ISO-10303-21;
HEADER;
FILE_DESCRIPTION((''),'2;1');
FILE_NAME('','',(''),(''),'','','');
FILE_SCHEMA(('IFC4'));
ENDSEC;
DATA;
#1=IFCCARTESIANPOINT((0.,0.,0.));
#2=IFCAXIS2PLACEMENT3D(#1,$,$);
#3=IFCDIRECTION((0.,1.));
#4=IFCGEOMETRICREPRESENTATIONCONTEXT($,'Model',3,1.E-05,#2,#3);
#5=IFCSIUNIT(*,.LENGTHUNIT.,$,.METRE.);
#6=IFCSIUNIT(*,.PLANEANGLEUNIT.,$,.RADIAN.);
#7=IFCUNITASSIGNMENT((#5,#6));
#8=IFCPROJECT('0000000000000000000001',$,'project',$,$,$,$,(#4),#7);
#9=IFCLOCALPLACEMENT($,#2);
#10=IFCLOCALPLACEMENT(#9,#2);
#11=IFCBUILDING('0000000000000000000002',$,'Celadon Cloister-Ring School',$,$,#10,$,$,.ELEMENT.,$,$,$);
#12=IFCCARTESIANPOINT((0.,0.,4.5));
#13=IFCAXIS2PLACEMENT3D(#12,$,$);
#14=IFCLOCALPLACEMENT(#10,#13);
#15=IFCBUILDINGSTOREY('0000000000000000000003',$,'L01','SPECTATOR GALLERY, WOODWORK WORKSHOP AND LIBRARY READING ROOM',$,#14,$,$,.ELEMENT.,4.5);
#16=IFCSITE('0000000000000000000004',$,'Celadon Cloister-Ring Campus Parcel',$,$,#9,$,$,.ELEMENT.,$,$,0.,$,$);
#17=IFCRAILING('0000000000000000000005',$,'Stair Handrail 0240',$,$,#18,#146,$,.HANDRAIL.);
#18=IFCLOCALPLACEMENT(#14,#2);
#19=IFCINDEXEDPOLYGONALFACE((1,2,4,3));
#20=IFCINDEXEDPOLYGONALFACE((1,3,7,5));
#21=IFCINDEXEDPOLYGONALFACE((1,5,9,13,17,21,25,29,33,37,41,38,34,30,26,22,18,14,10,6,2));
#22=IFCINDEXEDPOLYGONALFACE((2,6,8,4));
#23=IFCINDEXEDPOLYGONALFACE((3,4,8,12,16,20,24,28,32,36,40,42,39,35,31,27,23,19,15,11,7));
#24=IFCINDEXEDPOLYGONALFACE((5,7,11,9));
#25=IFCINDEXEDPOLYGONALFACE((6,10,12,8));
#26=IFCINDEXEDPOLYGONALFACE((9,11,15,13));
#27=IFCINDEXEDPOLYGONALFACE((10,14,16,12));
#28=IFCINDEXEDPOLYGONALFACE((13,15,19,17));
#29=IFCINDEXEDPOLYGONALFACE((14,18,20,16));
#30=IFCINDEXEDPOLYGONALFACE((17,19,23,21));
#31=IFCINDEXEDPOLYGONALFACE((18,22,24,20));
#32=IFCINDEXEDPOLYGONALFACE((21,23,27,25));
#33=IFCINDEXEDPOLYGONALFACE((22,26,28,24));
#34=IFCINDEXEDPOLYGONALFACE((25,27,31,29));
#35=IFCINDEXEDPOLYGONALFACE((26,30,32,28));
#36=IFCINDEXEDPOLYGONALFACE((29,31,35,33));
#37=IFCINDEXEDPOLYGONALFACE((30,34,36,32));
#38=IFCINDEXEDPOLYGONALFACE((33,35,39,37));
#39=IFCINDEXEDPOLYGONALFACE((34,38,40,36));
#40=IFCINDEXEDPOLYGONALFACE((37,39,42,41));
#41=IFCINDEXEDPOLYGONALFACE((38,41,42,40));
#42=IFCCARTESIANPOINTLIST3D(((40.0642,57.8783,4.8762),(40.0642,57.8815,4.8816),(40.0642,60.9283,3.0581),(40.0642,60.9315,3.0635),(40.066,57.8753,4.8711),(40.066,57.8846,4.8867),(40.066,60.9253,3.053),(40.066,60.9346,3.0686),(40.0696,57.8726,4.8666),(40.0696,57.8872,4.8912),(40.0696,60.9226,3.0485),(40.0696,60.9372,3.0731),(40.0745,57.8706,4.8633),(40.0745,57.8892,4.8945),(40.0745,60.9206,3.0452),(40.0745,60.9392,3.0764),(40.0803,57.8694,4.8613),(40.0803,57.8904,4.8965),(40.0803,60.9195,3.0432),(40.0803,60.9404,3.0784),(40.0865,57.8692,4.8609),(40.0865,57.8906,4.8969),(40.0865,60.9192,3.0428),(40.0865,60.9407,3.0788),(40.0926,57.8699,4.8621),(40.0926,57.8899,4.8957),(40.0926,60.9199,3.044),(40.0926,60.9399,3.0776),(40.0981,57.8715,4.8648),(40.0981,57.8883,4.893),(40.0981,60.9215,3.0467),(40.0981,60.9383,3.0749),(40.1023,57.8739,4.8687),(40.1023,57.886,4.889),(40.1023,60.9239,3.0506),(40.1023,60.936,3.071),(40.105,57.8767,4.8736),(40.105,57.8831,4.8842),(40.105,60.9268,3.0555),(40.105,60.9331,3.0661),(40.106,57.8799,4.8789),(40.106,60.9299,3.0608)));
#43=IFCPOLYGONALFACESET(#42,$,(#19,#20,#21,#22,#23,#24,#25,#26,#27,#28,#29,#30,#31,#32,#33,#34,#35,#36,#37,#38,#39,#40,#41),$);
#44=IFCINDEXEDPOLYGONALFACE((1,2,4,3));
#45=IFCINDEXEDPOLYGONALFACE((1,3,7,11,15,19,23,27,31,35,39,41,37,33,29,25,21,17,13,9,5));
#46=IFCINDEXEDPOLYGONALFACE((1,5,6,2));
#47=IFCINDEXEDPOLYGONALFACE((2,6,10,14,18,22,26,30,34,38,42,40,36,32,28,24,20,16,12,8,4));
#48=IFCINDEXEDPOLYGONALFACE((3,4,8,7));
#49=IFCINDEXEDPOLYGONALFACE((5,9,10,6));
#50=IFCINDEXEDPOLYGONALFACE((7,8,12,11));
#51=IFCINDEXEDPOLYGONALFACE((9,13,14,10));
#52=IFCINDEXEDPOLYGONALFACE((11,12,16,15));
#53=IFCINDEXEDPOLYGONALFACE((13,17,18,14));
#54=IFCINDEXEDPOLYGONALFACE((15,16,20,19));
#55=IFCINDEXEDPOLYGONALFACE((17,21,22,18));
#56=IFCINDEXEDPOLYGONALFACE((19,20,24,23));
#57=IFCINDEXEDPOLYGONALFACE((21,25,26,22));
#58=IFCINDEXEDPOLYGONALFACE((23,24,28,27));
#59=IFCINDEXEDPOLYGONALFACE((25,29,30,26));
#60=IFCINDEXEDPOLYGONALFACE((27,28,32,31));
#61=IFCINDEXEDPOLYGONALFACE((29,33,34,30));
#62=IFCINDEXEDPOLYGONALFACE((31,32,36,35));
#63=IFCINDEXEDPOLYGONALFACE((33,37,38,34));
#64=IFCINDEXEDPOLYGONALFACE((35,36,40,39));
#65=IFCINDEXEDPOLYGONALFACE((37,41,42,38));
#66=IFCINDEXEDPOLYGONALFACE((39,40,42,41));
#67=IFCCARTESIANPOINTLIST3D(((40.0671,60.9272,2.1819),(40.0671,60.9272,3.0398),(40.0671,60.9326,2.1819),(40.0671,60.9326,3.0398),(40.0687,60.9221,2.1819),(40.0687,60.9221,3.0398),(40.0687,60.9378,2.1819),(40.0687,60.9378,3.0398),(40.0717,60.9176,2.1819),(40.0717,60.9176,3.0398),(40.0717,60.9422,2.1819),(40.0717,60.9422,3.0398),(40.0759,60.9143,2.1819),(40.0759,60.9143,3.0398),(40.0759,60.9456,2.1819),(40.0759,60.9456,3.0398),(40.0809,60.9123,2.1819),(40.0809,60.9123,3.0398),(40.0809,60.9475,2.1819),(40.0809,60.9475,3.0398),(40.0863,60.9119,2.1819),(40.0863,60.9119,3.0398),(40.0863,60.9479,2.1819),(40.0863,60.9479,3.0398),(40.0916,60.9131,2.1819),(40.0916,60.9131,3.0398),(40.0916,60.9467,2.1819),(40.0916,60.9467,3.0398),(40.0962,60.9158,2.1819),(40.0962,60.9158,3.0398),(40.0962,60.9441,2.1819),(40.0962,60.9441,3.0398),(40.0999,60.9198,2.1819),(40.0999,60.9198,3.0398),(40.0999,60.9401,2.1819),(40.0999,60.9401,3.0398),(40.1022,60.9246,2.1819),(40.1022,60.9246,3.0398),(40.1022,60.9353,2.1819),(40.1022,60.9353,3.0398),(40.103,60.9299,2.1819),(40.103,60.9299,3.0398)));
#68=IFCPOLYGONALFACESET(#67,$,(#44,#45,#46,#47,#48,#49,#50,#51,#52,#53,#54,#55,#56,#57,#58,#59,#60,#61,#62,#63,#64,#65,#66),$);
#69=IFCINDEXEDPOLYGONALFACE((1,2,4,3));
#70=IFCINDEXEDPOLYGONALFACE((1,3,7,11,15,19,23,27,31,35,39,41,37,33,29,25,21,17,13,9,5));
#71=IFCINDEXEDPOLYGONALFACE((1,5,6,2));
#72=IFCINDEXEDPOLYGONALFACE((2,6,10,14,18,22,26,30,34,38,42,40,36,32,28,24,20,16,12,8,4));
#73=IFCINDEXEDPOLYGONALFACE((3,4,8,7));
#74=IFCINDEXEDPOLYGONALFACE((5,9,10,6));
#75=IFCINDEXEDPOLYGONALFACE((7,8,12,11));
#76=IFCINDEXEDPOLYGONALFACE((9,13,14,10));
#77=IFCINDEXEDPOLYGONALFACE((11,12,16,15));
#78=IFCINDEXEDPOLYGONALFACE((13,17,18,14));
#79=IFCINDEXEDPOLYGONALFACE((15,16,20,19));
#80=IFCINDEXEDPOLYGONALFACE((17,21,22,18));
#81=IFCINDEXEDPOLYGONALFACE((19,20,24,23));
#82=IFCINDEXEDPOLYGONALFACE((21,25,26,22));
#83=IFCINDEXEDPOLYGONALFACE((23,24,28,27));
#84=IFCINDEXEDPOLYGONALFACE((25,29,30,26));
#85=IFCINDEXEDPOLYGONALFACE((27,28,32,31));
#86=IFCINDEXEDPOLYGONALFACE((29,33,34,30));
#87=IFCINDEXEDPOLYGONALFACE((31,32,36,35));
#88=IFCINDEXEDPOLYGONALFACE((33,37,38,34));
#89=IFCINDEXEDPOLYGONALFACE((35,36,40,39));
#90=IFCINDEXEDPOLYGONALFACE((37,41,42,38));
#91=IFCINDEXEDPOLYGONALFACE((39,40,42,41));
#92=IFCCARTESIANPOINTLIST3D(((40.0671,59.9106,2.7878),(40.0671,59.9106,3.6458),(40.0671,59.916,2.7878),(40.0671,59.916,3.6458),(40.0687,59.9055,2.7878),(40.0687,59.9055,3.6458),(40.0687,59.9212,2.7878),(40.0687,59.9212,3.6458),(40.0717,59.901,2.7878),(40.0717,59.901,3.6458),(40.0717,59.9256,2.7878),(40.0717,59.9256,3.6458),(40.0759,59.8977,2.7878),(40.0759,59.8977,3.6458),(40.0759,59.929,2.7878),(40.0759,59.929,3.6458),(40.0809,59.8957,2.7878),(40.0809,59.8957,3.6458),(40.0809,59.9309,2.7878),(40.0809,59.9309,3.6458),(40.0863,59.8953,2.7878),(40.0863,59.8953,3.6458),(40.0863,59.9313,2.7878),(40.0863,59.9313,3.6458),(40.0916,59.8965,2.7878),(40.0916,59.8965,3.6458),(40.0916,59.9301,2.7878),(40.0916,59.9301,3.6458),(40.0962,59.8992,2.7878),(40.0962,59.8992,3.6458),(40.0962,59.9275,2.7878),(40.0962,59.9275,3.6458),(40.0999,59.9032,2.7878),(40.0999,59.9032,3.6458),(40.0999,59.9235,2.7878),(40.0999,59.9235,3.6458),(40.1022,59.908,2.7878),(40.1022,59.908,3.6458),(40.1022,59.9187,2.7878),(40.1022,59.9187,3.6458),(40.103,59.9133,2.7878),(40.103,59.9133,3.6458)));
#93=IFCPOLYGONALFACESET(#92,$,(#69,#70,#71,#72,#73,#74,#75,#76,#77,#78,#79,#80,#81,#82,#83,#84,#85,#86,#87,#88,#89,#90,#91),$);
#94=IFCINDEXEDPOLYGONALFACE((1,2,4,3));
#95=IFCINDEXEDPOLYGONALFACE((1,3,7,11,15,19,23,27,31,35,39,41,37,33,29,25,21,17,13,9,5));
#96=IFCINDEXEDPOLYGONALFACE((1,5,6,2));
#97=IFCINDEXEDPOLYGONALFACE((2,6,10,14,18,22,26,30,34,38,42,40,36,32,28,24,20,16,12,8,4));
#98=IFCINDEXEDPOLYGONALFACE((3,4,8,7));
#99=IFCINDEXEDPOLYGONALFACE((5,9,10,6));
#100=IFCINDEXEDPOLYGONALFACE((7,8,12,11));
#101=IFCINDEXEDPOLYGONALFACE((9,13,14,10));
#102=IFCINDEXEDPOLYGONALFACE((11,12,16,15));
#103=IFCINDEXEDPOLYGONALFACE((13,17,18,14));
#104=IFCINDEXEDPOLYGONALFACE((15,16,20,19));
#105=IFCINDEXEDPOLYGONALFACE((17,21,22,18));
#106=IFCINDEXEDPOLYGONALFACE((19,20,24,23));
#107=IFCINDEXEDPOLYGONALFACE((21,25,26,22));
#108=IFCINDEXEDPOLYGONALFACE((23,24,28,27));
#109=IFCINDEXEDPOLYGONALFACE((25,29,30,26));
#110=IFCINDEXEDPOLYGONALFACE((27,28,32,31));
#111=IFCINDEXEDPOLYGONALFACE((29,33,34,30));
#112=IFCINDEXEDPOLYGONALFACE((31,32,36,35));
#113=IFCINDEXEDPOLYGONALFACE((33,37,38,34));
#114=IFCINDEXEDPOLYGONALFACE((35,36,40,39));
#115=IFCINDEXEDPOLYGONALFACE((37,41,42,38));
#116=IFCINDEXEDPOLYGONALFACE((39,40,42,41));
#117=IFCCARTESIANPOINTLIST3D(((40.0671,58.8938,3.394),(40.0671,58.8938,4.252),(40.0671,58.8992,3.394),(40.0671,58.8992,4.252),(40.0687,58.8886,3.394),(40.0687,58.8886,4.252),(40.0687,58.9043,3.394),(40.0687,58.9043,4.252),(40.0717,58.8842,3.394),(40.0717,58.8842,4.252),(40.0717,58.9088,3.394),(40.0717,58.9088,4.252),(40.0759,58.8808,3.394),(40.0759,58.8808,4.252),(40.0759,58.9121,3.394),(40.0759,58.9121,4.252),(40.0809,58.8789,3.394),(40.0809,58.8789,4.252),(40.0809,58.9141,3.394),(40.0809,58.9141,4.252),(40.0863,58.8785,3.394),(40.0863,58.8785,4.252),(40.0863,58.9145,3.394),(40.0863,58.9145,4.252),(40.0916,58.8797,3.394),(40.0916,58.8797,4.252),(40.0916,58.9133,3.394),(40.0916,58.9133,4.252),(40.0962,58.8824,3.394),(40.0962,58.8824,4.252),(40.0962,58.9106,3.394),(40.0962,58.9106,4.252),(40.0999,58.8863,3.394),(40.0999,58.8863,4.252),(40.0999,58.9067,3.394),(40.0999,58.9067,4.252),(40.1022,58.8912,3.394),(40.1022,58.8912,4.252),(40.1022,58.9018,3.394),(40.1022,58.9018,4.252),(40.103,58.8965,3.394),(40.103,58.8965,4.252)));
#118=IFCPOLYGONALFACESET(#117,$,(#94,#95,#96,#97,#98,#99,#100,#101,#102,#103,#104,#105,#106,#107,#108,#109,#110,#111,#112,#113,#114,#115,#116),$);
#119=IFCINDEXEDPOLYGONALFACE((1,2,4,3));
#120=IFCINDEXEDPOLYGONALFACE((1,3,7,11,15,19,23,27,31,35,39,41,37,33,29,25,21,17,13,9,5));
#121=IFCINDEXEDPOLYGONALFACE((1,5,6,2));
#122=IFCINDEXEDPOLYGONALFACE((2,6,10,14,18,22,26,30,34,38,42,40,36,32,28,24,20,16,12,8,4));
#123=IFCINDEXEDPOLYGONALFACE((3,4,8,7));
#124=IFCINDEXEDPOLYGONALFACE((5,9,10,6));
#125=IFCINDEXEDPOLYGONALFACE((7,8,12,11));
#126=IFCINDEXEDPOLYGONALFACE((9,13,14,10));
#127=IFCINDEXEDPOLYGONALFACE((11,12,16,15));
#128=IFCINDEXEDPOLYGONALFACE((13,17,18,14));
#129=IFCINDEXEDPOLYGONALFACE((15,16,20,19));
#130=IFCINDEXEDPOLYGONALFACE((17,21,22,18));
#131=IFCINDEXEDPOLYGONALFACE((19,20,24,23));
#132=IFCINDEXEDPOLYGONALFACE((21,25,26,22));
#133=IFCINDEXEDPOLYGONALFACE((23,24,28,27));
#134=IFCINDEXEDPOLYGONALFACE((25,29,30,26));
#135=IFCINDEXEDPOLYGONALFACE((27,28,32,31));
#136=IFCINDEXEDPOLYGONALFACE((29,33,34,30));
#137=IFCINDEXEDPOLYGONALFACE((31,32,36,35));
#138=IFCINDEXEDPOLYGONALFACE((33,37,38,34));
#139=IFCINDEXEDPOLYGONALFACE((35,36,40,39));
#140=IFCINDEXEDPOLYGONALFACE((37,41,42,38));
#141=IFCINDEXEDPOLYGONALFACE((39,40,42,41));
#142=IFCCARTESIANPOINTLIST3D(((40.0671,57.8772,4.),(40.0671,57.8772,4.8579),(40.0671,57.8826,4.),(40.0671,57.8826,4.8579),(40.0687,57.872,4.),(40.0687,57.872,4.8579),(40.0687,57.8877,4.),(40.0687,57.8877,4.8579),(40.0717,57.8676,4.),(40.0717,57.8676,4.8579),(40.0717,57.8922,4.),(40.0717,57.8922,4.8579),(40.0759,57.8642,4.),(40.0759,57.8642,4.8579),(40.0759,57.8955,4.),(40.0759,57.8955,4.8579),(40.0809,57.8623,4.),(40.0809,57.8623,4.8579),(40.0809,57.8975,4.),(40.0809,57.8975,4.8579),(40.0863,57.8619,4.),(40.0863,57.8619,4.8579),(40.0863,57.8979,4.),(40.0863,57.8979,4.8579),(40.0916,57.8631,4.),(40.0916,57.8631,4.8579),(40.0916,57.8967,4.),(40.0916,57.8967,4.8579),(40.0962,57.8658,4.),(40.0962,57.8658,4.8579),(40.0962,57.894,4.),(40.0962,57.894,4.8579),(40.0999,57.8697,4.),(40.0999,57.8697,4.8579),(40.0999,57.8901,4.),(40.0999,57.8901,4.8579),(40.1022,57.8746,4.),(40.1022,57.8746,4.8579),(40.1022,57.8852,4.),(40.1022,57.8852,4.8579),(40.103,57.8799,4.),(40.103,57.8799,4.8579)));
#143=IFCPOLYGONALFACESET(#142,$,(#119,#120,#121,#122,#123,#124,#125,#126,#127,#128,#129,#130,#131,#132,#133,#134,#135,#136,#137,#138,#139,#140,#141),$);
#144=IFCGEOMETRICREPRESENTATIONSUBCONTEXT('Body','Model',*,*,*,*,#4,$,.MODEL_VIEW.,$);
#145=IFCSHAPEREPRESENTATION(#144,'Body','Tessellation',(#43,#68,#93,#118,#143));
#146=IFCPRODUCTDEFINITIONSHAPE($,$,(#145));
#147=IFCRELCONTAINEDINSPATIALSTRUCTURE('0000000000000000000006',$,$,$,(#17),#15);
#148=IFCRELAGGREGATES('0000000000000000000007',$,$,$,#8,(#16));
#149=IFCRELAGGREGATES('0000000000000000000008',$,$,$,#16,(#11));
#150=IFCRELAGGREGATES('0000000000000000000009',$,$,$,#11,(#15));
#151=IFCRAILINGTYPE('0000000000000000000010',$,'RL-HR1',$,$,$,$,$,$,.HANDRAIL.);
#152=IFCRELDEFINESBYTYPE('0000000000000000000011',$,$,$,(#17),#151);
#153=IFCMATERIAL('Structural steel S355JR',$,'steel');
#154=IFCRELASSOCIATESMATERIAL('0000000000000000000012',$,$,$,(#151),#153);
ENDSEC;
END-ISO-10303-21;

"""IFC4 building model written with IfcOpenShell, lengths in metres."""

from ifc_helpers import new_model, si_unit, direction, frame, origin, origin_2d, place, context, subcontext, project, spatial, circle, extrude, material, type_object, element, save


model = new_model("IFC4")

# Units and contexts
model_context = context("Model", 3, precision=1e-05, world=origin(), true_north=direction((0.0, 1.0)))
body_context = subcontext(model_context, "Body", "Model", "MODEL_VIEW")
ifc_project = project(units=[si_unit("LENGTHUNIT", "METRE"), si_unit("PLANEANGLEUNIT", "RADIAN")], contexts=[model_context])

# Site, building, storey
site_placement = place(None, origin())
site = spatial("IfcSite", under=ifc_project, at=site_placement, Name="Celadon Cloister-Ring Campus Parcel", CompositionType="ELEMENT", RefElevation=0.0)
building_placement = place(site_placement, origin())
building = spatial("IfcBuilding", under=site, at=building_placement, Name="Celadon Cloister-Ring School", CompositionType="ELEMENT")
storey_placement = place(building_placement, frame((0.0, 0.0, 4.5)))
storey = spatial("IfcBuildingStorey", under=building, at=storey_placement, Name="L01", Description="SPECTATOR GALLERY, WOODWORK WORKSHOP AND LIBRARY READING ROOM", CompositionType="ELEMENT", Elevation=4.5)

# Railing
ifc_material_1 = material(Name="Structural steel S355JR", Category="steel")
railing_type_1 = type_object("IfcRailingType", Name="RL-HR1", PredefinedType="HANDRAIL", material=ifc_material_1)
for number, where, name in (
    (1, (40.085, 60.9299, 2.1819), "Stair Handrail 0240"),
):
    element("IfcRailing", number, at=place(storey_placement, frame(where)), inside=storey, type_object=railing_type_1, Name=name, PredefinedType="HANDRAIL", context=body_context, shape_type="SweptSolid", body=[
        extrude(circle(Radius=0.021, at=origin_2d()), frame((0.0, 0.0, 0.8789), z_axis=(0.0, -0.85897, 0.512026), x_axis=(1.0, 0.0, 0.0)), (0.0, 0.0, 1.0), 3.5508),
        extrude(circle(Radius=0.0181, at=origin_2d()), origin(), (0.0, 0.0, 1.0), 0.8579),
        extrude(circle(Radius=0.0181, at=origin_2d()), frame((0.0, -1.0166, 0.606)), (0.0, 0.0, 1.0), 0.8579),
        extrude(circle(Radius=0.0181, at=origin_2d()), frame((0.0, -2.0334, 1.2122)), (0.0, 0.0, 1.0), 0.8579),
        extrude(circle(Radius=0.0181, at=origin_2d()), frame((0.0, -3.05, 1.8181)), (0.0, 0.0, 1.0), 0.8579),
    ])

save(model, "model.ifc")
